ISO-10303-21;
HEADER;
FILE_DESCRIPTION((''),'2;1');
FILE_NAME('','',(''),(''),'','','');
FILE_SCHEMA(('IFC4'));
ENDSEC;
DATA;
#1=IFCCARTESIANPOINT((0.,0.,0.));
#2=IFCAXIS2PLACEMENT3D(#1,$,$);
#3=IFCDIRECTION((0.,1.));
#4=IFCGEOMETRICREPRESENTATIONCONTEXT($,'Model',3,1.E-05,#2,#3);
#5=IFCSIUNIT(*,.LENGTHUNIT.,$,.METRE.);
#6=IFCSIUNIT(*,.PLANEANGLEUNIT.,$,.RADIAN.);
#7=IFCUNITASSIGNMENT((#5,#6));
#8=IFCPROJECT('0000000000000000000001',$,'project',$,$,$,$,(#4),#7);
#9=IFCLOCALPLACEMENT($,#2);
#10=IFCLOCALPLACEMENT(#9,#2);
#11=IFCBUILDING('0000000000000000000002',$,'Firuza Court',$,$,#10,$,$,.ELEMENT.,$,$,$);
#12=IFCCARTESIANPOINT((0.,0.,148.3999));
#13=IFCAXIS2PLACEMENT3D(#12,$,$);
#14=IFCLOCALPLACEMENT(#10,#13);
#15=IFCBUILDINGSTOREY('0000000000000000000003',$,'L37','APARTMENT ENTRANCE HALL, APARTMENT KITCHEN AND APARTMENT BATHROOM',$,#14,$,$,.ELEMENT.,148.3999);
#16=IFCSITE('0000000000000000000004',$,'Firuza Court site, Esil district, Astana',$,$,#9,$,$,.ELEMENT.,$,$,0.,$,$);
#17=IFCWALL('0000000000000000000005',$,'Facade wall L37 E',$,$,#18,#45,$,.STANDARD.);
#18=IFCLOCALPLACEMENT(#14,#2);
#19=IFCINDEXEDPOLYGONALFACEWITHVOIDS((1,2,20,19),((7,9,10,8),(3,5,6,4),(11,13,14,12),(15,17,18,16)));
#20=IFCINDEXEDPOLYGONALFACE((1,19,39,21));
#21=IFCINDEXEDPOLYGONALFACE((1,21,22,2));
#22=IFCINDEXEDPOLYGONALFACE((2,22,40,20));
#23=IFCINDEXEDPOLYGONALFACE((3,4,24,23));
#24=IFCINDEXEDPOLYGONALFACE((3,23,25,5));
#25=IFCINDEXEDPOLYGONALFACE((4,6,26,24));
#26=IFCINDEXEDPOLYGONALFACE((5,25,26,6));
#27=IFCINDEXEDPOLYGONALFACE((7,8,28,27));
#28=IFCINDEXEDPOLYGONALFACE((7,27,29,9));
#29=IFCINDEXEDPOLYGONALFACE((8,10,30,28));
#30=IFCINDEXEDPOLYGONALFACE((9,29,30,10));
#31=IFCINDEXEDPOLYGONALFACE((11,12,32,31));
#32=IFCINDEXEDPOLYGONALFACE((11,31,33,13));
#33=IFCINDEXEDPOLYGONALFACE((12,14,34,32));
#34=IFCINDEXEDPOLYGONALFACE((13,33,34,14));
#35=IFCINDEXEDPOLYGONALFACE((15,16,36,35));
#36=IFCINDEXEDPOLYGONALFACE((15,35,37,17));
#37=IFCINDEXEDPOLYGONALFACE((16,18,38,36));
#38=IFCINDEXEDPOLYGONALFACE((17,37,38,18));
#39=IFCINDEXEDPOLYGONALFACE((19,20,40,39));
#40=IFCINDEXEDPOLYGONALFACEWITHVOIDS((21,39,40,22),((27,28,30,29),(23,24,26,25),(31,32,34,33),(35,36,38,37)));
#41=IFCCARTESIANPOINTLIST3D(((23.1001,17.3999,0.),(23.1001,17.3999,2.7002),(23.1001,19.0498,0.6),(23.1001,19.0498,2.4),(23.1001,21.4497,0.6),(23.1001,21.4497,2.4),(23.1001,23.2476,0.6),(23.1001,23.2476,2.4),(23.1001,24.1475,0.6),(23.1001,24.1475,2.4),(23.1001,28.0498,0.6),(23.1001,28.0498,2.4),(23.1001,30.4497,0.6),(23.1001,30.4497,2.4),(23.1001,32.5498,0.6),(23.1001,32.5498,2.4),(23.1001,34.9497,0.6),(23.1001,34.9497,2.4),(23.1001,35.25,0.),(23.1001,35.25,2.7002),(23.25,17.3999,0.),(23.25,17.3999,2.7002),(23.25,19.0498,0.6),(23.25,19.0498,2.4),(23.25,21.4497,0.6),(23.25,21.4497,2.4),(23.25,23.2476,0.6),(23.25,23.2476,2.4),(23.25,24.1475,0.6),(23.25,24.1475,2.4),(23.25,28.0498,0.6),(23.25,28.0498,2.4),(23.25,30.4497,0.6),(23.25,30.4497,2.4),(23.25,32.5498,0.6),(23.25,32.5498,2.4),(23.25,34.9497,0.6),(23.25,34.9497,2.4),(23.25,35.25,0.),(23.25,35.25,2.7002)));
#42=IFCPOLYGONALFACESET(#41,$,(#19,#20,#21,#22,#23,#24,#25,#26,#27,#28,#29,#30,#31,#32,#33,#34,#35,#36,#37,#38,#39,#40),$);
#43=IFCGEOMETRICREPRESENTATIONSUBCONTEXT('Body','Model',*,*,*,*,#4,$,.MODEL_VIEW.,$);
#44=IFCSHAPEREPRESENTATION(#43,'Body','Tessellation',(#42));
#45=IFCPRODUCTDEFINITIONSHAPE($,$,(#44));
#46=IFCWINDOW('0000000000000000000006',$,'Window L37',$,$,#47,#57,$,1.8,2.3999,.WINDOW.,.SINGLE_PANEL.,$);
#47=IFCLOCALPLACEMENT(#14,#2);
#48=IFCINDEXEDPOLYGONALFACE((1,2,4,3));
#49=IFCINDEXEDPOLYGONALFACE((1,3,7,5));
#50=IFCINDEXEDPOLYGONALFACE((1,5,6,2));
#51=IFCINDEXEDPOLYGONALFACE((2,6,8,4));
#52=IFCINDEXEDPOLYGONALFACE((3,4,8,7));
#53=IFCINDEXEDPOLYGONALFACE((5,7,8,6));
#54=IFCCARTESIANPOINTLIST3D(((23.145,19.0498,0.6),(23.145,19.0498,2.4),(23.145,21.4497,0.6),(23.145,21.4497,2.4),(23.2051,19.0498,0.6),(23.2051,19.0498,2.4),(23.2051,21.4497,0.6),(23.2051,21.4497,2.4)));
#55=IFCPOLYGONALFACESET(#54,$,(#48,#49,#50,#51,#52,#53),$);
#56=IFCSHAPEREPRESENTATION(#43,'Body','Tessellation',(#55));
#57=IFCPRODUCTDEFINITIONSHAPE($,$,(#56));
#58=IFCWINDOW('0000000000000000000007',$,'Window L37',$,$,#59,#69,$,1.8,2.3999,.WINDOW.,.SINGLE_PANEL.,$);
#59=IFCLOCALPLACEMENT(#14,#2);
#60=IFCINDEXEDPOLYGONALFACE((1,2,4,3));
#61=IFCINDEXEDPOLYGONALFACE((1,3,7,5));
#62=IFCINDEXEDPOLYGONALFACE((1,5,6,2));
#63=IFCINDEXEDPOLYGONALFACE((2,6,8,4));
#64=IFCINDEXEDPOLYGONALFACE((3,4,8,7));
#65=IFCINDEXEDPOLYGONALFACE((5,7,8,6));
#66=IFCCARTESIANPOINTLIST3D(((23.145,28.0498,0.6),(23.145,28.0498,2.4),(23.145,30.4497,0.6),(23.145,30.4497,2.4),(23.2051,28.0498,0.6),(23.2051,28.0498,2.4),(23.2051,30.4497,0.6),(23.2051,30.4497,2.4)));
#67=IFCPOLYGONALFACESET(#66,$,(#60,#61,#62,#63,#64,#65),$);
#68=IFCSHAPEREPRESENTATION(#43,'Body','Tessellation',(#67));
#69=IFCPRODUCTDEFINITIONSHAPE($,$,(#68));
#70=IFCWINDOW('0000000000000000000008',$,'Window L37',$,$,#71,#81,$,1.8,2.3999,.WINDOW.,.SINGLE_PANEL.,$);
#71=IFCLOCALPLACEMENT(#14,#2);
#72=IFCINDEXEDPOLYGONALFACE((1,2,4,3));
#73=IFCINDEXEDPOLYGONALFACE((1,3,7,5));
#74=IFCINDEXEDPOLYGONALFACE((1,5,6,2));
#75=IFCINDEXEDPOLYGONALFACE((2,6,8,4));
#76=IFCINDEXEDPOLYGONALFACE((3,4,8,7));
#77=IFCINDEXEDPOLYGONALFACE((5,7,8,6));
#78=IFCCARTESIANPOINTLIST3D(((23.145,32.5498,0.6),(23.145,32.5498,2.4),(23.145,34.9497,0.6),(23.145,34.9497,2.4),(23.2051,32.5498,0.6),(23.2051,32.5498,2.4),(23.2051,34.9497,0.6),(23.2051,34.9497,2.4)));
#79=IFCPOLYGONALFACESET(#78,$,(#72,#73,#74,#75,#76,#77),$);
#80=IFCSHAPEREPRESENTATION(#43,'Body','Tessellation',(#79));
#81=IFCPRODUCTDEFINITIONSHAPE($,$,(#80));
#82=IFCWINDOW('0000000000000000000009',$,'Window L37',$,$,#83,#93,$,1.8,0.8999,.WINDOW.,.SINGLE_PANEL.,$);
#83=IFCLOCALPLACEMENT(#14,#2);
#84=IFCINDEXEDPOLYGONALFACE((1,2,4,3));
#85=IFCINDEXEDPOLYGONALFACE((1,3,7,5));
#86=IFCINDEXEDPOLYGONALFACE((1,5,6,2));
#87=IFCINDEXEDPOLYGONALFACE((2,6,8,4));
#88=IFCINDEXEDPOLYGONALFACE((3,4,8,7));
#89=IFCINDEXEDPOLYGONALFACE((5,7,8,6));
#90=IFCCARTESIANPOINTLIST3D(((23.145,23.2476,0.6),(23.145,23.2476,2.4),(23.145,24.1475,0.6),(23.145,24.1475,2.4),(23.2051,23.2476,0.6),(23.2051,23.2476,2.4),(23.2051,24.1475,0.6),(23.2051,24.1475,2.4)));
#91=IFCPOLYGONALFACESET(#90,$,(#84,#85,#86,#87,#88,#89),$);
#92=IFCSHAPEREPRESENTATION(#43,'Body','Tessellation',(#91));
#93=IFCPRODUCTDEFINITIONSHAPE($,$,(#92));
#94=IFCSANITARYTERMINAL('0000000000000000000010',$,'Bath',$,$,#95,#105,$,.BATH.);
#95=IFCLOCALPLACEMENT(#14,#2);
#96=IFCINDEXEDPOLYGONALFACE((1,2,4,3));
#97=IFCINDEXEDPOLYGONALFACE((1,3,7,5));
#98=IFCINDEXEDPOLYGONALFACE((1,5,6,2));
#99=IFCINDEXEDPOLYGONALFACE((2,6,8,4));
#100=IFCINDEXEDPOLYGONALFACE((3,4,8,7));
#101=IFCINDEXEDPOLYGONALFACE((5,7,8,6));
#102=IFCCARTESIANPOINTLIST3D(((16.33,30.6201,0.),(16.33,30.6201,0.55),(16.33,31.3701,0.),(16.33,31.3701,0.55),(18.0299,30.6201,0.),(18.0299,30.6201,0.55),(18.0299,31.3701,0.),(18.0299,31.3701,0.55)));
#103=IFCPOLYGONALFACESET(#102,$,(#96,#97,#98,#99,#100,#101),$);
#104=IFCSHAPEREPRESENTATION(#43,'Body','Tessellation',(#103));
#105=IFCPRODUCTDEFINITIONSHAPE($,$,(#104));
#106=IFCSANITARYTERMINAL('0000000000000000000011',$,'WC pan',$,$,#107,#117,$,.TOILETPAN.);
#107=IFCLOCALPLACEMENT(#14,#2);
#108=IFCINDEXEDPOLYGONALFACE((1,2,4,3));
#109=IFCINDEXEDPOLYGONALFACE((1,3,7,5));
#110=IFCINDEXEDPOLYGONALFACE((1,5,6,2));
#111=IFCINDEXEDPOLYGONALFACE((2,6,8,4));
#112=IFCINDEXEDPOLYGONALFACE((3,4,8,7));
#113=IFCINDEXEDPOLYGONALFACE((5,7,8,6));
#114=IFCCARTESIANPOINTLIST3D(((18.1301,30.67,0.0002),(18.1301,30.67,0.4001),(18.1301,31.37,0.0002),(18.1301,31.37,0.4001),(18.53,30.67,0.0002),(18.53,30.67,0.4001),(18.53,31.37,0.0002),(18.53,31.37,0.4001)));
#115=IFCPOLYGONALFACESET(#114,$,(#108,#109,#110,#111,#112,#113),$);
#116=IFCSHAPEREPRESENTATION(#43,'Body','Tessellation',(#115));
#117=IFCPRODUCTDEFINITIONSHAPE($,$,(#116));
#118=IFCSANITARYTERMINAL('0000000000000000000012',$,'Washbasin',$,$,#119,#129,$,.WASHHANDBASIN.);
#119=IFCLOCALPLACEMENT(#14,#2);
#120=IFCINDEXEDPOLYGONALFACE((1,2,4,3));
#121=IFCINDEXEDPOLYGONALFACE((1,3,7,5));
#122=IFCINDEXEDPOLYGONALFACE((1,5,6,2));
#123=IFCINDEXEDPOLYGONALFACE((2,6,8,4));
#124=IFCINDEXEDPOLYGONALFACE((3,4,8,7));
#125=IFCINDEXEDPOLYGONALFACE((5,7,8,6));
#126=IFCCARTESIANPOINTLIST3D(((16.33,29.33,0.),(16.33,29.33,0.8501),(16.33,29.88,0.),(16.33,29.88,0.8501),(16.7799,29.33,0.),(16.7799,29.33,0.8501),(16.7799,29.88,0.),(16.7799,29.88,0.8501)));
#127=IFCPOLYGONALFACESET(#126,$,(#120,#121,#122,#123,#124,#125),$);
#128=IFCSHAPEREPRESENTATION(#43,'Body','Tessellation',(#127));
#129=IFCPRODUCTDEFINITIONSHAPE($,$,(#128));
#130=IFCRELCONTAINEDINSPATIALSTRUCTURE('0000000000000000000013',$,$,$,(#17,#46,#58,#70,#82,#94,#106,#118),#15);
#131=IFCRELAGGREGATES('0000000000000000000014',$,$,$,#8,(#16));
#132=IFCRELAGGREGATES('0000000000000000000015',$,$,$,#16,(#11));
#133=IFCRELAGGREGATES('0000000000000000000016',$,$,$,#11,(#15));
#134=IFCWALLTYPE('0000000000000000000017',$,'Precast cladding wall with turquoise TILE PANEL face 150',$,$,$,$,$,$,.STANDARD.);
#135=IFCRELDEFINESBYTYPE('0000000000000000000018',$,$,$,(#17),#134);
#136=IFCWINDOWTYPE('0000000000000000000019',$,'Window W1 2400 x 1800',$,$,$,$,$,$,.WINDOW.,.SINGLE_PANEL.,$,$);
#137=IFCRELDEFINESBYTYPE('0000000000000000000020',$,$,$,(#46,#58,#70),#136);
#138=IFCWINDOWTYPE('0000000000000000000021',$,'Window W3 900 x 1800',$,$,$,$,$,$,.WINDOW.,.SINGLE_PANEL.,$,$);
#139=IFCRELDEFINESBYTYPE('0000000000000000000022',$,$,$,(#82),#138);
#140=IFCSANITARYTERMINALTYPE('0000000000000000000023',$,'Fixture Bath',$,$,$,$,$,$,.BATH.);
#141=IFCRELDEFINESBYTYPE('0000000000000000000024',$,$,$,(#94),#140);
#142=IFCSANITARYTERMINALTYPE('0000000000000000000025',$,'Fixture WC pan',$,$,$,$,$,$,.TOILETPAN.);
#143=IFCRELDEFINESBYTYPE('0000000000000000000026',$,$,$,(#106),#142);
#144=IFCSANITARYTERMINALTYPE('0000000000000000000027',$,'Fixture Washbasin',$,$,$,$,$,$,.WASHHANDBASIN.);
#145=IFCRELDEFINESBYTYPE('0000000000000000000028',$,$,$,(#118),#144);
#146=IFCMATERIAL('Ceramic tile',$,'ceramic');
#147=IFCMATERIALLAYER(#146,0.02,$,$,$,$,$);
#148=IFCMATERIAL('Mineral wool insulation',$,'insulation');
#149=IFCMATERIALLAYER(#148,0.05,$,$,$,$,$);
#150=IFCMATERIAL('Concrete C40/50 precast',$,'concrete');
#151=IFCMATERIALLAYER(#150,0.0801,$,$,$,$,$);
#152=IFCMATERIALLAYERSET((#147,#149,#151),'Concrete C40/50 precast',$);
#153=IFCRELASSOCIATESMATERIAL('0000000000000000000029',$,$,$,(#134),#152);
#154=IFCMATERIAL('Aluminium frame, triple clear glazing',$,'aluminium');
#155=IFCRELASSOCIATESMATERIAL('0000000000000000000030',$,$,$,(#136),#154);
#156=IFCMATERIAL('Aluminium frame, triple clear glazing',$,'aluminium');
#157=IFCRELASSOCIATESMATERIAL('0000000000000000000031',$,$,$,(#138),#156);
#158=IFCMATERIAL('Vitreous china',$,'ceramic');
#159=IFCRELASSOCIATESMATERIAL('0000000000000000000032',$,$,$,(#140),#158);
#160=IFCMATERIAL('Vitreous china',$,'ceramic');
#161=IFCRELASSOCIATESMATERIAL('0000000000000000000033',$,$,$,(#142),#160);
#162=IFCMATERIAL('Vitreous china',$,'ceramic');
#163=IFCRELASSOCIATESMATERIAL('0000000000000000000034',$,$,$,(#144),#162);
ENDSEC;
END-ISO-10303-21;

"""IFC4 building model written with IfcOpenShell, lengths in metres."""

from ifc_helpers import new_model, si_unit, direction, frame, frame_2d, origin, origin_2d, place, context, subcontext, project, spatial, rectangle, extrude, material, layer, layer_set, type_object, element, fill, save


model = new_model("IFC4")

# Units and contexts
model_context = context("Model", 3, precision=1e-05, world=origin(), true_north=direction((0.0, 1.0)))
body_context = subcontext(model_context, "Body", "Model", "MODEL_VIEW")
ifc_project = project(units=[si_unit("LENGTHUNIT", "METRE"), si_unit("PLANEANGLEUNIT", "RADIAN")], contexts=[model_context])

# Site, building, storey
site_placement = place(None, origin())
site = spatial("IfcSite", under=ifc_project, at=site_placement, Name="Firuza Court site, Esil district, Astana", CompositionType="ELEMENT", RefElevation=0.0)
building_placement = place(site_placement, origin())
building = spatial("IfcBuilding", under=site, at=building_placement, Name="Firuza Court", CompositionType="ELEMENT")
storey_placement = place(building_placement, frame((0.0, 0.0, 148.3999)))
storey = spatial("IfcBuildingStorey", under=building, at=storey_placement, Name="L37", Description="APARTMENT ENTRANCE HALL, APARTMENT KITCHEN AND APARTMENT BATHROOM", CompositionType="ELEMENT", Elevation=148.3999)

# Shared definitions
ifc_material_1 = material(Name="Ceramic tile", Category="ceramic")
ifc_layer_1 = layer(ifc_material_1, 0.02)
ifc_material_2 = material(Name="Mineral wool insulation", Category="insulation")
ifc_layer_2 = layer(ifc_material_2, 0.05)
ifc_material_3 = material(Name="Concrete C40/50 precast", Category="concrete")
ifc_layer_3 = layer(ifc_material_3, 0.0801)
ifc_layer_set_1 = layer_set([ifc_layer_1, ifc_layer_2, ifc_layer_3], Name="Concrete C40/50 precast")
wall_type_1 = type_object("IfcWallType", Name="Precast cladding wall with turquoise TILE PANEL face 150", PredefinedType="STANDARD", material=ifc_layer_set_1)
ifc_material_4 = material(Name="Aluminium frame, triple clear glazing", Category="aluminium")
window_type_1 = type_object("IfcWindowType", Name="Window W1 2400 x 1800", PartitioningType="SINGLE_PANEL", PredefinedType="WINDOW", material=ifc_material_4)

# Wall, openings, windows
wall_1_placement = place(storey_placement, frame((23.175, 17.3999, 0.0), z_axis=(0.0, 0.0, 1.0), x_axis=(0.0, 1.0, 0.0)))
wall_1 = element("IfcWall", 1, at=wall_1_placement, inside=storey, type_object=wall_type_1, Name="Facade wall L37 E", PredefinedType="STANDARD", context=body_context, shape_type="SweptSolid", body=[
    extrude(rectangle(XDim=17.8501, YDim=0.1499, at=frame_2d((8.925, 0.0))), origin(), (0.0, 0.0, 1.0), 2.7002),
])
opening_1_placement = place(wall_1_placement, frame((1.6499, 0.0, 0.6001)))
opening_1 = element("IfcOpeningElement", 2, at=opening_1_placement, cuts=wall_1, PredefinedType="OPENING", context=body_context, shape_type="SweptSolid", body=[
    extrude(rectangle(XDim=2.3999, YDim=1.8, at=frame_2d((1.2, 0.8999))), frame((0.0, 0.0869, 0.0), z_axis=(0.0, -1.0, 0.0), x_axis=(1.0, 0.0, 0.0)), (0.0, 0.0, 1.0), 0.1738),
])
opening_2_placement = place(wall_1_placement, frame((5.8477, 0.0, 0.6001)))
opening_2 = element("IfcOpeningElement", 3, at=opening_2_placement, cuts=wall_1, PredefinedType="OPENING", context=body_context, shape_type="SweptSolid", body=[
    extrude(rectangle(XDim=0.8999, YDim=1.8, at=frame_2d((0.45, 0.8999))), frame((0.0, 0.0869, 0.0), z_axis=(0.0, -1.0, 0.0), x_axis=(1.0, 0.0, 0.0)), (0.0, 0.0, 1.0), 0.1738),
])
opening_3_placement = place(wall_1_placement, frame((10.6499, 0.0, 0.6001)))
opening_3 = element("IfcOpeningElement", 4, at=opening_3_placement, cuts=wall_1, PredefinedType="OPENING", context=body_context, shape_type="SweptSolid", body=[
    extrude(rectangle(XDim=2.3999, YDim=1.8, at=frame_2d((1.2, 0.8999))), frame((0.0, 0.0869, 0.0), z_axis=(0.0, -1.0, 0.0), x_axis=(1.0, 0.0, 0.0)), (0.0, 0.0, 1.0), 0.1738),
])
opening_4_placement = place(wall_1_placement, frame((15.1499, 0.0, 0.6001)))
opening_4 = element("IfcOpeningElement", 5, at=opening_4_placement, cuts=wall_1, PredefinedType="OPENING", context=body_context, shape_type="SweptSolid", body=[
    extrude(rectangle(XDim=2.3999, YDim=1.8, at=frame_2d((1.2, 0.8999))), frame((0.0, 0.0869, 0.0), z_axis=(0.0, -1.0, 0.0), x_axis=(1.0, 0.0, 0.0)), (0.0, 0.0, 1.0), 0.1738),
])
window_1_placement = place(opening_1_placement, origin())
window_1 = element("IfcWindow", 6, at=window_1_placement, inside=storey, type_object=window_type_1, Name="Window L37", OverallHeight=1.8, OverallWidth=2.3999, PartitioningType="SINGLE_PANEL", PredefinedType="WINDOW", context=body_context, shape_type="SweptSolid", body=[
    extrude(rectangle(XDim=2.3999, YDim=1.8, at=frame_2d((1.2, 0.8999))), frame((0.0, 0.03, 0.0), z_axis=(0.0, -1.0, 0.0), x_axis=(1.0, 0.0, 0.0)), (0.0, 0.0, 1.0), 0.0601),
])
fill(opening_1, window_1)
window_2_placement = place(opening_3_placement, origin())
window_2 = element("IfcWindow", 7, at=window_2_placement, inside=storey, type_object=window_type_1, Name="Window L37", OverallHeight=1.8, OverallWidth=2.3999, PartitioningType="SINGLE_PANEL", PredefinedType="WINDOW", context=body_context, shape_type="SweptSolid", body=[
    extrude(rectangle(XDim=2.3999, YDim=1.8, at=frame_2d((1.2, 0.8999))), frame((0.0, 0.03, 0.0), z_axis=(0.0, -1.0, 0.0), x_axis=(1.0, 0.0, 0.0)), (0.0, 0.0, 1.0), 0.0601),
])
fill(opening_3, window_2)
window_3_placement = place(opening_4_placement, origin())
window_3 = element("IfcWindow", 8, at=window_3_placement, inside=storey, type_object=window_type_1, Name="Window L37", OverallHeight=1.8, OverallWidth=2.3999, PartitioningType="SINGLE_PANEL", PredefinedType="WINDOW", context=body_context, shape_type="SweptSolid", body=[
    extrude(rectangle(XDim=2.3999, YDim=1.8, at=frame_2d((1.2, 0.8999))), frame((0.0, 0.03, 0.0), z_axis=(0.0, -1.0, 0.0), x_axis=(1.0, 0.0, 0.0)), (0.0, 0.0, 1.0), 0.0601),
])
fill(opening_4, window_3)
ifc_material_5 = material(Name="Aluminium frame, triple clear glazing", Category="aluminium")
window_type_2 = type_object("IfcWindowType", Name="Window W3 900 x 1800", PartitioningType="SINGLE_PANEL", PredefinedType="WINDOW", material=ifc_material_5)
window_4_placement = place(opening_2_placement, origin())
window_4 = element("IfcWindow", 9, at=window_4_placement, inside=storey, type_object=window_type_2, Name="Window L37", OverallHeight=1.8, OverallWidth=0.8999, PartitioningType="SINGLE_PANEL", PredefinedType="WINDOW", context=body_context, shape_type="SweptSolid", body=[
    extrude(rectangle(XDim=0.8999, YDim=1.8, at=frame_2d((0.45, 0.8999))), frame((0.0, 0.03, 0.0), z_axis=(0.0, -1.0, 0.0), x_axis=(1.0, 0.0, 0.0)), (0.0, 0.0, 1.0), 0.0601),
])
fill(opening_2, window_4)

# Sanitary terminals
ifc_material_6 = material(Name="Vitreous china", Category="ceramic")
sanitary_terminal_type_1 = type_object("IfcSanitaryTerminalType", Name="Fixture Bath", PredefinedType="BATH", material=ifc_material_6)
sanitary_terminal_1_placement = place(storey_placement, frame((17.1799, 30.9951, 0.0), z_axis=(0.0, 0.0, 1.0), x_axis=(1.0, 0.0, 0.0)))
element("IfcSanitaryTerminal", 10, at=sanitary_terminal_1_placement, inside=storey, type_object=sanitary_terminal_type_1, Name="Bath", PredefinedType="BATH", context=body_context, shape_type="SweptSolid", body=[
    extrude(rectangle(XDim=1.7, YDim=0.75, at=origin_2d()), origin(), (0.0, 0.0, 1.0), 0.55),
])
ifc_material_7 = material(Name="Vitreous china", Category="ceramic")
sanitary_terminal_type_2 = type_object("IfcSanitaryTerminalType", Name="Fixture WC pan", PredefinedType="TOILETPAN", material=ifc_material_7)
sanitary_terminal_2_placement = place(storey_placement, frame((18.3301, 31.02, 0.0002), z_axis=(0.0, 0.0, 1.0), x_axis=(1.0, 0.0, 0.0)))
element("IfcSanitaryTerminal", 11, at=sanitary_terminal_2_placement, inside=storey, type_object=sanitary_terminal_type_2, Name="WC pan", PredefinedType="TOILETPAN", context=body_context, shape_type="SweptSolid", body=[
    extrude(rectangle(XDim=0.3999, YDim=0.7, at=origin_2d()), origin(), (0.0, 0.0, 1.0), 0.3999),
])
ifc_material_8 = material(Name="Vitreous china", Category="ceramic")
sanitary_terminal_type_3 = type_object("IfcSanitaryTerminalType", Name="Fixture Washbasin", PredefinedType="WASHHANDBASIN", material=ifc_material_8)
sanitary_terminal_3_placement = place(storey_placement, frame((16.5549, 29.605, 0.0), z_axis=(0.0, 0.0, 1.0), x_axis=(1.0, 0.0, 0.0)))
element("IfcSanitaryTerminal", 12, at=sanitary_terminal_3_placement, inside=storey, type_object=sanitary_terminal_type_3, Name="Washbasin", PredefinedType="WASHHANDBASIN", context=body_context, shape_type="SweptSolid", body=[
    extrude(rectangle(XDim=0.45, YDim=0.55, at=origin_2d()), origin(), (0.0, 0.0, 1.0), 0.8501),
])

save(model, "model.ifc")
